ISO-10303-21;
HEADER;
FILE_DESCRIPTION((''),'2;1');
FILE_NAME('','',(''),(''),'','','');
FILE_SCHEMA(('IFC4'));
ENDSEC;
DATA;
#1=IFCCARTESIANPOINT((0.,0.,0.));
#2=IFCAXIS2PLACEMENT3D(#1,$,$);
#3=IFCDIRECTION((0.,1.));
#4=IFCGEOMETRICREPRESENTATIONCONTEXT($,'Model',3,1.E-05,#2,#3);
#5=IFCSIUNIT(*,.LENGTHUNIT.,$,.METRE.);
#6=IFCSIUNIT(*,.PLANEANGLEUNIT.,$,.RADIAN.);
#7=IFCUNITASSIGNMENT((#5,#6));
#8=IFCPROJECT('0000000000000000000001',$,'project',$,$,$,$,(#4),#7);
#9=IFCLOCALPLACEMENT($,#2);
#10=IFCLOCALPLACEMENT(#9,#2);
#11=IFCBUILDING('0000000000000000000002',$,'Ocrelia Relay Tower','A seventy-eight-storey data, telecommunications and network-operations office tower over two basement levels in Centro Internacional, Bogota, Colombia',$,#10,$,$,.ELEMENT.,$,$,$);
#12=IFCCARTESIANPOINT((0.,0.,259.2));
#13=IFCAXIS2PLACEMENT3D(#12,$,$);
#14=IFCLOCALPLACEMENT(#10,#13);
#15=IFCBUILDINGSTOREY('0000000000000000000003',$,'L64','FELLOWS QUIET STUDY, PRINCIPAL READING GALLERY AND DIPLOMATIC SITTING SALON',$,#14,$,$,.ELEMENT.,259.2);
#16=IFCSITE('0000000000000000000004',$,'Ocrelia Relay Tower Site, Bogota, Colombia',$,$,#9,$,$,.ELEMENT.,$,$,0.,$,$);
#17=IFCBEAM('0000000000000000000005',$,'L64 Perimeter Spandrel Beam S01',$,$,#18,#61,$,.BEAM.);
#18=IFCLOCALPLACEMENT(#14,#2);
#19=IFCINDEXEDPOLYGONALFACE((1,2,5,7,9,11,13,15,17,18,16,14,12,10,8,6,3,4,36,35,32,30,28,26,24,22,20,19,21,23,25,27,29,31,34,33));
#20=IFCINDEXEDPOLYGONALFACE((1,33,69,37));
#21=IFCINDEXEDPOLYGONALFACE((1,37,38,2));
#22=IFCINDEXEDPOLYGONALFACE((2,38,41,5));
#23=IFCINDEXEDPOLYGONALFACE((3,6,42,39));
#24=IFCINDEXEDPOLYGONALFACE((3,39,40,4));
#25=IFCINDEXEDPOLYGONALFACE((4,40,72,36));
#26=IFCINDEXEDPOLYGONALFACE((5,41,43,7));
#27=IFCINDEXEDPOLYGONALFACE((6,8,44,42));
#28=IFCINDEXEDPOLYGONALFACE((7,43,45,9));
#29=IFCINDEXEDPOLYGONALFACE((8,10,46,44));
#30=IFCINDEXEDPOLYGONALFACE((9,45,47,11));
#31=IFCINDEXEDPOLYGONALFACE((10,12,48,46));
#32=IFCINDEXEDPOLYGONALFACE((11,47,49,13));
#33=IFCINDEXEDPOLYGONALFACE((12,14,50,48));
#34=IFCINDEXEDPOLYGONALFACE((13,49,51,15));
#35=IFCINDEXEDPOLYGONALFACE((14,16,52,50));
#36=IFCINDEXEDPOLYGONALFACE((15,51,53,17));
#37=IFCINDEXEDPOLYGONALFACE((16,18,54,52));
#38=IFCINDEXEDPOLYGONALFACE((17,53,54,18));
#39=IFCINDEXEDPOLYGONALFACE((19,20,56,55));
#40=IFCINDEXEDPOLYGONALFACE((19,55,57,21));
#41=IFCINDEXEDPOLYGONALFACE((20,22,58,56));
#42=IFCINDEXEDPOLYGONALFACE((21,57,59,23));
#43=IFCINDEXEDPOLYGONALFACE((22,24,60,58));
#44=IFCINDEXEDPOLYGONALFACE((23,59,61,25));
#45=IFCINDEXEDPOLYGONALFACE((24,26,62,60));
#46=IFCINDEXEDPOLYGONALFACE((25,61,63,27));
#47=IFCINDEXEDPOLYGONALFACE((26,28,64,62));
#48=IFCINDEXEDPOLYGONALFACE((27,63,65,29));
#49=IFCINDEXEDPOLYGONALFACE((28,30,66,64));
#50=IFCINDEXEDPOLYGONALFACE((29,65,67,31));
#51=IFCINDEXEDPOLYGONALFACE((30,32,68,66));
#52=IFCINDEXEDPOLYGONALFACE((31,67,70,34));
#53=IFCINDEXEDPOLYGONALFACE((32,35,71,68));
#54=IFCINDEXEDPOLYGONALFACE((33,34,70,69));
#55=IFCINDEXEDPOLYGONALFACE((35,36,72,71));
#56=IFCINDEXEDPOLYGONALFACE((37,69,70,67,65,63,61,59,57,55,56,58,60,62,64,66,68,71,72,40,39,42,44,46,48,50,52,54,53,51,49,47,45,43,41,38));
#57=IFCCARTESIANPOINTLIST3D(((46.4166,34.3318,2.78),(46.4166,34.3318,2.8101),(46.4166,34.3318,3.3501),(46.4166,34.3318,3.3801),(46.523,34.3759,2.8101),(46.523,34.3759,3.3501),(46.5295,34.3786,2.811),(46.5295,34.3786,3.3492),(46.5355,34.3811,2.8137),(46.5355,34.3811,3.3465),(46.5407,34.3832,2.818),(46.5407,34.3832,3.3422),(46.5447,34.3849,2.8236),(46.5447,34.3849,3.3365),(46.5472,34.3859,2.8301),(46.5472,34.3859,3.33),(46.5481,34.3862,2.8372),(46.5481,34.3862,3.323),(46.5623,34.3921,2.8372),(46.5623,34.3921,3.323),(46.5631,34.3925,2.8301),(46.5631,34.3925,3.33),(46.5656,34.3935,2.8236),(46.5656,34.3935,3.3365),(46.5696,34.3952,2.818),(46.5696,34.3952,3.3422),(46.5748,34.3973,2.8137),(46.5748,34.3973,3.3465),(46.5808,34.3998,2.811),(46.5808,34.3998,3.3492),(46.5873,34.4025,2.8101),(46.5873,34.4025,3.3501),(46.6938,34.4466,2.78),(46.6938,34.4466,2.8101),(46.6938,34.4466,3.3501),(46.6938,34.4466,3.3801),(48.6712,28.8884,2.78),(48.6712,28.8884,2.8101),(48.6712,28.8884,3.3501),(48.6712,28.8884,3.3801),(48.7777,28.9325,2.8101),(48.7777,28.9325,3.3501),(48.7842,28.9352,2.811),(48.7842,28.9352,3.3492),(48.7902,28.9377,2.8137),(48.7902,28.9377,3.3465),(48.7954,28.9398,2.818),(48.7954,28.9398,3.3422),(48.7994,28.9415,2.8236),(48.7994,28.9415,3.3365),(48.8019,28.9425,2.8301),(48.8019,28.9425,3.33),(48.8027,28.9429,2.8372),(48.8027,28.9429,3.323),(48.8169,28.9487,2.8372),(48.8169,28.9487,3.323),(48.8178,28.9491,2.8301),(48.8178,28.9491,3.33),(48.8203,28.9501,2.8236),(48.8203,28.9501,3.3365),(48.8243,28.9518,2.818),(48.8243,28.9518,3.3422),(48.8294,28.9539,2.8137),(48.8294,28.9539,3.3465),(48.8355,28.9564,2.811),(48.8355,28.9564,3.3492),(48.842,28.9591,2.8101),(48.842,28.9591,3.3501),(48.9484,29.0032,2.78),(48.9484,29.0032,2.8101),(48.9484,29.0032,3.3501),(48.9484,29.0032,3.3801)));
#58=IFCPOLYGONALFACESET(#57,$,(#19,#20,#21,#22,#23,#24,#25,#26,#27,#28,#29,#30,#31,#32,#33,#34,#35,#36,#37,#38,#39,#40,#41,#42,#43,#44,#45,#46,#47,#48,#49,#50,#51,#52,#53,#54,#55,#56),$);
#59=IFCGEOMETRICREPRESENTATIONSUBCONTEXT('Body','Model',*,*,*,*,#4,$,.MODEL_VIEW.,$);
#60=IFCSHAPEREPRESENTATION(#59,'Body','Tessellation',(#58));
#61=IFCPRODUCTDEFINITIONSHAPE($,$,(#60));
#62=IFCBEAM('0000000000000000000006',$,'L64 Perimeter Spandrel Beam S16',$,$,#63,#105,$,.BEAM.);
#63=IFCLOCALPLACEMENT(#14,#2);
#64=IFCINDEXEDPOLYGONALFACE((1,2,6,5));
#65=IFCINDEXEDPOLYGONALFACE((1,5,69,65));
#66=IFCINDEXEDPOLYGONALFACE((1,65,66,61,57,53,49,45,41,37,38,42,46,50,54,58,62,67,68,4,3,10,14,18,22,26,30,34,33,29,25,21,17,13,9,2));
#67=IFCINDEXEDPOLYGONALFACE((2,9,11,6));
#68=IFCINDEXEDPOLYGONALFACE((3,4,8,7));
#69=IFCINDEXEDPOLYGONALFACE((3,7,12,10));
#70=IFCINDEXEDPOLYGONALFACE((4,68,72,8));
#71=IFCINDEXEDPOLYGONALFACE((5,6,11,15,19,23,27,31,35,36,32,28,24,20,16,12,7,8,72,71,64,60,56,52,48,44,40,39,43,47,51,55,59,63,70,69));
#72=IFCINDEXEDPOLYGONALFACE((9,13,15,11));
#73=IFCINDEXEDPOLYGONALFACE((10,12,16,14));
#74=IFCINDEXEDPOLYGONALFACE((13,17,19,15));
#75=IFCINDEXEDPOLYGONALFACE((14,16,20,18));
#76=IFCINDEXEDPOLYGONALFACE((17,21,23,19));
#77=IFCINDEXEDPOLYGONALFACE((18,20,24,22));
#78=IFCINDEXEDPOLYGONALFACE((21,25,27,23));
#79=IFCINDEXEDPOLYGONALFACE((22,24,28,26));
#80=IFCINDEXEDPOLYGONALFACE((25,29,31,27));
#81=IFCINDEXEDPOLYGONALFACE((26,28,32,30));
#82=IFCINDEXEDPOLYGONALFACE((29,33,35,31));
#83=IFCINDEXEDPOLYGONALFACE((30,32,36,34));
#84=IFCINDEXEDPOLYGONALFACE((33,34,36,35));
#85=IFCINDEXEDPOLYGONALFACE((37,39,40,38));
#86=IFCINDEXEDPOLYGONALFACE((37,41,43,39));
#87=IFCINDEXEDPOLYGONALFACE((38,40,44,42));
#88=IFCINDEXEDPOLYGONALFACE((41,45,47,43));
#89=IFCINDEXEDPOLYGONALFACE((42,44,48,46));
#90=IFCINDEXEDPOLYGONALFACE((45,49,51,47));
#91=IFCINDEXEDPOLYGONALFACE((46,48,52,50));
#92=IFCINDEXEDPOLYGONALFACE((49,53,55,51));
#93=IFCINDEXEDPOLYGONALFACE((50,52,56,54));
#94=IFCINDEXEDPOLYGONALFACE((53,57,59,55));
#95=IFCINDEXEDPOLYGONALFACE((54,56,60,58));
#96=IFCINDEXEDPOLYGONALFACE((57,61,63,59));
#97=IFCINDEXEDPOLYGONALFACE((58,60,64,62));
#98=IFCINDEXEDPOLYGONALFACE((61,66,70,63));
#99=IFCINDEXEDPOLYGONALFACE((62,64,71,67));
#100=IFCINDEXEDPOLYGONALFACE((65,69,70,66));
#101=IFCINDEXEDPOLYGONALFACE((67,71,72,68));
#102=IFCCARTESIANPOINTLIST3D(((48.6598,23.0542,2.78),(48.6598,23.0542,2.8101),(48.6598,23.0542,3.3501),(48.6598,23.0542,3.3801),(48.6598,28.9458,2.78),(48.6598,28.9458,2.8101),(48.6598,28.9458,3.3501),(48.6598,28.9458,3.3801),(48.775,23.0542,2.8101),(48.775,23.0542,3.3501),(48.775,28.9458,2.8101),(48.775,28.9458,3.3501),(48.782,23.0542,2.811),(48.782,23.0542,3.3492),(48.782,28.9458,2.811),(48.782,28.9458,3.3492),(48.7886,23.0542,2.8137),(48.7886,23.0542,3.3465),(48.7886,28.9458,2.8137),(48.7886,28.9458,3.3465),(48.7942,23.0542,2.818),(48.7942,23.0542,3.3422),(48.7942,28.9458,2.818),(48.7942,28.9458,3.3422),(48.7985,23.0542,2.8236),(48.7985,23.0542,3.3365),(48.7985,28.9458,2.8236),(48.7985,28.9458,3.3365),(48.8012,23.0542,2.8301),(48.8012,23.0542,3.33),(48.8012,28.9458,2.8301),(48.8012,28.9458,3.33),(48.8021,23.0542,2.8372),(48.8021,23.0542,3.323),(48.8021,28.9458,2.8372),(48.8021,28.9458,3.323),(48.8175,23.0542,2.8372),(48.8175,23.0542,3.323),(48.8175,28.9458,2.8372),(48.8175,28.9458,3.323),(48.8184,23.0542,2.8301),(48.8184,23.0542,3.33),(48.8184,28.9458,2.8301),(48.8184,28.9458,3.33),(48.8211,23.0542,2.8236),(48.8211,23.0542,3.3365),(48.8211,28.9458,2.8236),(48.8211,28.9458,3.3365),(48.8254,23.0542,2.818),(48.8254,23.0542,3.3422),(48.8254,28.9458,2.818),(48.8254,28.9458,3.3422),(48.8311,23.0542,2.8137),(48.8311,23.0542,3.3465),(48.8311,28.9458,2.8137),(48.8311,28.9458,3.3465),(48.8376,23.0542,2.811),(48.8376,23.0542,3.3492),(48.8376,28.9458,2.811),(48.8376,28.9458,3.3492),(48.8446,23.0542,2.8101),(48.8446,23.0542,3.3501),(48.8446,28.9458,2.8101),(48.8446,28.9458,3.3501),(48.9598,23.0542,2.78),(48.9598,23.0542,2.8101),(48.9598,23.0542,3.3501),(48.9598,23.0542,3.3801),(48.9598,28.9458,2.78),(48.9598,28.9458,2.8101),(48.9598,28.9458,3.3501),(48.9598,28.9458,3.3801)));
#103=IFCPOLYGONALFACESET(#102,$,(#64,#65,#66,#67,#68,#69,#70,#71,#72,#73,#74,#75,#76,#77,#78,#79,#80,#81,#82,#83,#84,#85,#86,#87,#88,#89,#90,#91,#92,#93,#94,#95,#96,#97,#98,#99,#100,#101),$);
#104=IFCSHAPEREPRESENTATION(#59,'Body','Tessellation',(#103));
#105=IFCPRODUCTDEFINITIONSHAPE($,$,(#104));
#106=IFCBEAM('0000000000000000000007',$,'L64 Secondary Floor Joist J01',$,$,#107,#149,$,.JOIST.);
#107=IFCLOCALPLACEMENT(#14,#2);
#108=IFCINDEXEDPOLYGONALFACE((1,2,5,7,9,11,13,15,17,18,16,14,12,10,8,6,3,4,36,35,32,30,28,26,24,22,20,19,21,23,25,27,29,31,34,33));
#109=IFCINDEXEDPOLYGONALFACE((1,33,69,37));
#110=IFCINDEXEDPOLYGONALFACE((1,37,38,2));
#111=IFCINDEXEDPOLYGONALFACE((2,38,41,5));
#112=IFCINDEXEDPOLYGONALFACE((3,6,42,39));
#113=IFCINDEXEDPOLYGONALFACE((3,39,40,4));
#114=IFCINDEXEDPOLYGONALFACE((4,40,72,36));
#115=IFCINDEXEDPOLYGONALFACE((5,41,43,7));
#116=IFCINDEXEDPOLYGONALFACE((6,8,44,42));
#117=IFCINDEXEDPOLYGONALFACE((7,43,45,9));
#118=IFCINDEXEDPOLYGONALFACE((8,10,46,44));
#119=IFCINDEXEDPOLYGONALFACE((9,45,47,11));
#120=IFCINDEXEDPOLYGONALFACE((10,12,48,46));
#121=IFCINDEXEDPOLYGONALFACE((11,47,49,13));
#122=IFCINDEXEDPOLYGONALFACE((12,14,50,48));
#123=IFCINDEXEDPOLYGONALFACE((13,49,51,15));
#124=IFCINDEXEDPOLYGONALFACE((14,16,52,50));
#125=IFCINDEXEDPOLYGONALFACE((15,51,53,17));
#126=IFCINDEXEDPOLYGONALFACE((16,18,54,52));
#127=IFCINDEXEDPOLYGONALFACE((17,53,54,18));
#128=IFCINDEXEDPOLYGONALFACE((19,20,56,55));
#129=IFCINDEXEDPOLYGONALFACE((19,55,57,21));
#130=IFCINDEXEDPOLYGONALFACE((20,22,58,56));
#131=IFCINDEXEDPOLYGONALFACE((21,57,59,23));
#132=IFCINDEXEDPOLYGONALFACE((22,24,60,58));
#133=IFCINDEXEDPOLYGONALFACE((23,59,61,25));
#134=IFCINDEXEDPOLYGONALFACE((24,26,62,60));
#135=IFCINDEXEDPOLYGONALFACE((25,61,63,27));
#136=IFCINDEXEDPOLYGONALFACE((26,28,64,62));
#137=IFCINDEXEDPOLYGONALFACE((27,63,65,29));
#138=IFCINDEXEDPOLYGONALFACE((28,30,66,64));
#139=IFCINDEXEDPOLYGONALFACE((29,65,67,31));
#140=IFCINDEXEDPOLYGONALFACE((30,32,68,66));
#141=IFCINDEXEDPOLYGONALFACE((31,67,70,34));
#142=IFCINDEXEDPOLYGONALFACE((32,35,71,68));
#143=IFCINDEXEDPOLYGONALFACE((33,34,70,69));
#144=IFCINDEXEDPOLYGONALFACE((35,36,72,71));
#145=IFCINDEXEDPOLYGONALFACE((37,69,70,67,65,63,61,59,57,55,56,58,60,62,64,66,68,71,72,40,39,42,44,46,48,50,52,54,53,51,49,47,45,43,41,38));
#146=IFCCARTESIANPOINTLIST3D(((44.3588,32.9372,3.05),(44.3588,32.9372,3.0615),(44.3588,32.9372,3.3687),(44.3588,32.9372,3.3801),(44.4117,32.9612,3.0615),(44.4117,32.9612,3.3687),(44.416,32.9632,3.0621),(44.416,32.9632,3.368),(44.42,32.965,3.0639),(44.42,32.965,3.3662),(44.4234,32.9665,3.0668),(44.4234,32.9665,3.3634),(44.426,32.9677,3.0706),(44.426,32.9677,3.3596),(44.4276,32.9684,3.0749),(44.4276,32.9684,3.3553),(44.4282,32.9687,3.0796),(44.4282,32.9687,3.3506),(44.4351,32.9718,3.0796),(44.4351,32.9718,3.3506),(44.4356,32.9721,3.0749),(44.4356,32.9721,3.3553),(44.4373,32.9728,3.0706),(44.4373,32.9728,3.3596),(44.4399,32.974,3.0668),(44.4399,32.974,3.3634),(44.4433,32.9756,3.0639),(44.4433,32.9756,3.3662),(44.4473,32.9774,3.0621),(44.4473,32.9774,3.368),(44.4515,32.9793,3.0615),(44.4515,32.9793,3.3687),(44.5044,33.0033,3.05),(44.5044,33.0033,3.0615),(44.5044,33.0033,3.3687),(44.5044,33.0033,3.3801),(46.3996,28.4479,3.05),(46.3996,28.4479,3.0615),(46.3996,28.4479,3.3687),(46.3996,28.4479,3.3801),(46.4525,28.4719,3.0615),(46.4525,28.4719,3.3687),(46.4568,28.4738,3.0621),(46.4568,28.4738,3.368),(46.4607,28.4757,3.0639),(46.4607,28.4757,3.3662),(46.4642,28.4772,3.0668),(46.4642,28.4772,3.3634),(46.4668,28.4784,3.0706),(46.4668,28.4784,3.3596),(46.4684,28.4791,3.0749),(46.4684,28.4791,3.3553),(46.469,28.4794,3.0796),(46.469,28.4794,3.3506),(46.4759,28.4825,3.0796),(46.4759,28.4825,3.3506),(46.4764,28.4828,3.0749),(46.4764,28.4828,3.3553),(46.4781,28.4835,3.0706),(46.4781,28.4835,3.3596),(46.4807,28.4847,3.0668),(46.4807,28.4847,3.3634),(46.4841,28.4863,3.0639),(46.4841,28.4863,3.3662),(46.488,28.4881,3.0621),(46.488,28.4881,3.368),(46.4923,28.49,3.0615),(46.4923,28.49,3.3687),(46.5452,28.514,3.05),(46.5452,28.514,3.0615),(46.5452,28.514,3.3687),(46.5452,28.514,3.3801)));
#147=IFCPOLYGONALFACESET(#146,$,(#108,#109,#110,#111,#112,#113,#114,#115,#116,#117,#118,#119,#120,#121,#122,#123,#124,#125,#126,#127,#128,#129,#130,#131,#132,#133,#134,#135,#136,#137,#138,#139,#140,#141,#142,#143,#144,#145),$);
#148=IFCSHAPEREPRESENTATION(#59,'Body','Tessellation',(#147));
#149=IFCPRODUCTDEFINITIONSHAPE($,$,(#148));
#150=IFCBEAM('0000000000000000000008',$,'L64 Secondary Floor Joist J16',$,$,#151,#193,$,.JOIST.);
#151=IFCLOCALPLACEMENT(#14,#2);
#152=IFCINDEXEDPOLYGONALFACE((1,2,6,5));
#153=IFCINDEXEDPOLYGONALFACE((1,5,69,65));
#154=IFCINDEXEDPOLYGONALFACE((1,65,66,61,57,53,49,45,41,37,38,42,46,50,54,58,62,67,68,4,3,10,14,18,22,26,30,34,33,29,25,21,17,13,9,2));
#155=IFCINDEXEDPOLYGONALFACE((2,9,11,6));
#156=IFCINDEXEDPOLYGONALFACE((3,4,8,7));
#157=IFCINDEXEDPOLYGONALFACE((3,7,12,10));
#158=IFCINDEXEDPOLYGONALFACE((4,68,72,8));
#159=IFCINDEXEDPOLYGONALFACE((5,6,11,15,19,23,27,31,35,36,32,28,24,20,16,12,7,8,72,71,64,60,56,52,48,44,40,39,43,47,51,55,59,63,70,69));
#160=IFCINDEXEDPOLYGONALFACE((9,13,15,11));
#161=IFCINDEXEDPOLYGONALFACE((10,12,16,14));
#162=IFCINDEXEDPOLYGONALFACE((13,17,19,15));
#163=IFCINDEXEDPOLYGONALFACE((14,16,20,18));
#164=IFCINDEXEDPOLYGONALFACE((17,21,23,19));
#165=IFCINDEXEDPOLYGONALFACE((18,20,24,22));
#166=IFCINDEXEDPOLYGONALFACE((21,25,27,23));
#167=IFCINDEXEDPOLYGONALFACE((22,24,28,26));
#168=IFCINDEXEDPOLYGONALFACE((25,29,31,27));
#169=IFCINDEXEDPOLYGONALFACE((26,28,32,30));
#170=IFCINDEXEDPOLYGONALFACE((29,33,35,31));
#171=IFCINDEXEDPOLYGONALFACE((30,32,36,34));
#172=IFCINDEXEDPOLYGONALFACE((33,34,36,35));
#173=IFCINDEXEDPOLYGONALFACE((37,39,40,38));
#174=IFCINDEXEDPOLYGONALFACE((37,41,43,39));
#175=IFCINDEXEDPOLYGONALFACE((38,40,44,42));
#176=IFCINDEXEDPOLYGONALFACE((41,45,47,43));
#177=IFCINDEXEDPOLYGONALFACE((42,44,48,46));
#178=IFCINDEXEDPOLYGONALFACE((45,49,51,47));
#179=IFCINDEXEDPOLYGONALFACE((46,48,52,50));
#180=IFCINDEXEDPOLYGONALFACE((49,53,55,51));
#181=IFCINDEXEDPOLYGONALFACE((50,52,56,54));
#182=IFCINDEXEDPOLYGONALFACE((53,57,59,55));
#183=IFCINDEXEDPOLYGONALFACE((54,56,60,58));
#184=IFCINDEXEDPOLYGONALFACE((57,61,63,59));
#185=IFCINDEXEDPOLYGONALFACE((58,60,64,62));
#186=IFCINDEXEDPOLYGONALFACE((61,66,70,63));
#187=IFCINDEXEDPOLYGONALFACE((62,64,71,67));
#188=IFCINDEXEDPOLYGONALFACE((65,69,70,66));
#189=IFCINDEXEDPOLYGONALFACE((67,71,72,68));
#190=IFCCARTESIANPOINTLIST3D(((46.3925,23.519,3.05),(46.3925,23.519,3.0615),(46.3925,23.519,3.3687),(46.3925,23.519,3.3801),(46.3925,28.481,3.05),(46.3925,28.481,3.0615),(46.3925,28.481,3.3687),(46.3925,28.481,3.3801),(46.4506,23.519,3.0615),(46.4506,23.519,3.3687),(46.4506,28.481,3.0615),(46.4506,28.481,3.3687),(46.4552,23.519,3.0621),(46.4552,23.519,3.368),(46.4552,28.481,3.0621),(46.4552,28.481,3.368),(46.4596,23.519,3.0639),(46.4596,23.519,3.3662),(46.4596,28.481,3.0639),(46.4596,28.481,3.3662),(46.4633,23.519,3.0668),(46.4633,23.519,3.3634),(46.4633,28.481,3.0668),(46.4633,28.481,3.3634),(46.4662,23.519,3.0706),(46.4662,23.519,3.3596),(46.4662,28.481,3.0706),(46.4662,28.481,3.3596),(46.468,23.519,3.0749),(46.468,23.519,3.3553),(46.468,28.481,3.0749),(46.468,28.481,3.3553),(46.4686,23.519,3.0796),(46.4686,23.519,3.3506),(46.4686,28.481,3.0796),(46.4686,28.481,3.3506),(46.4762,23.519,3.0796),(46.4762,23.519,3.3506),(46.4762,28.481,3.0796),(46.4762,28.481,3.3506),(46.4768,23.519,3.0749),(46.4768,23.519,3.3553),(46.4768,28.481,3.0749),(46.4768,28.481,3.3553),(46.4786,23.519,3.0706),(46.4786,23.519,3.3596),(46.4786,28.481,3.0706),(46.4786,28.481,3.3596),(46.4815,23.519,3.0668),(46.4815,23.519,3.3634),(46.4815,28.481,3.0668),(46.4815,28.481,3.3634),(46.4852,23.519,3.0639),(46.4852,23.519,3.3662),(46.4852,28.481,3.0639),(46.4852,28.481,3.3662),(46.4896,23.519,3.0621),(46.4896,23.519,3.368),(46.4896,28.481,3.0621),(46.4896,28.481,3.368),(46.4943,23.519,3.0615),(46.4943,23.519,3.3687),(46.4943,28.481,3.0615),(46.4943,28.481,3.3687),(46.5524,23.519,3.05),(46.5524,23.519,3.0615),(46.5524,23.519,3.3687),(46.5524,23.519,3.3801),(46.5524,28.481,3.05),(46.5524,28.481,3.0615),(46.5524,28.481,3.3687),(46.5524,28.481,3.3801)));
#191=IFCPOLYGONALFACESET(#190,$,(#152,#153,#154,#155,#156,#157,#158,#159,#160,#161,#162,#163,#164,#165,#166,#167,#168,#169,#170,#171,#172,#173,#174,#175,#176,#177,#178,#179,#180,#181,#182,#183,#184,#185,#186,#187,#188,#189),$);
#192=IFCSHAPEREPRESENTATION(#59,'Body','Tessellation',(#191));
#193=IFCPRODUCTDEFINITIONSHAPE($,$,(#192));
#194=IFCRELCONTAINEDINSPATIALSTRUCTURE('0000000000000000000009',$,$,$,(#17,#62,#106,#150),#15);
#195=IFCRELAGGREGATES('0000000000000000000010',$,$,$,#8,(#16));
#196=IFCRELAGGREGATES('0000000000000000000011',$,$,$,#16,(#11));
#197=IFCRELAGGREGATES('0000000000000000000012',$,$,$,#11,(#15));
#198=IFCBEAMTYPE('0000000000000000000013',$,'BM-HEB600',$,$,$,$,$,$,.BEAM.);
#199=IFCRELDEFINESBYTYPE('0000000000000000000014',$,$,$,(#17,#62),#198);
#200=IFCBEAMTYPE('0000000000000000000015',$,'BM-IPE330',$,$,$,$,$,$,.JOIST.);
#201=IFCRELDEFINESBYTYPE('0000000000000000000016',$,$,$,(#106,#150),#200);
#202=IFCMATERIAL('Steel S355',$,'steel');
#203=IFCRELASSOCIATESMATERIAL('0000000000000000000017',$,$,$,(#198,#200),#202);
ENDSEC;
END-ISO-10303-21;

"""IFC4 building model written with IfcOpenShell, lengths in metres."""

from ifc_helpers import new_model, si_unit, direction, frame, origin, origin_2d, place, context, subcontext, project, spatial, i_section, extrude, material, material_profile, profile_set, type_object, element, save


model = new_model("IFC4")

# Units and contexts
model_context = context("Model", 3, precision=1e-05, world=origin(), true_north=direction((0.0, 1.0)))
body_context = subcontext(model_context, "Body", "Model", "MODEL_VIEW")
ifc_project = project(units=[si_unit("LENGTHUNIT", "METRE"), si_unit("PLANEANGLEUNIT", "RADIAN")], contexts=[model_context])

# Site, building, storey
site_placement = place(None, origin())
site = spatial("IfcSite", under=ifc_project, at=site_placement, Name="Ocrelia Relay Tower Site, Bogota, Colombia", CompositionType="ELEMENT", RefElevation=0.0)
building_placement = place(site_placement, origin())
building = spatial("IfcBuilding", under=site, at=building_placement, Name="Ocrelia Relay Tower", Description="A seventy-eight-storey data, telecommunications and network-operations office tower over two basement levels in Centro Internacional, Bogota, Colombia", CompositionType="ELEMENT")
storey_placement = place(building_placement, frame((0.0, 0.0, 259.2)))
storey = spatial("IfcBuildingStorey", under=building, at=storey_placement, Name="L64", Description="FELLOWS QUIET STUDY, PRINCIPAL READING GALLERY AND DIPLOMATIC SITTING SALON", CompositionType="ELEMENT", Elevation=259.2)

# Beams
ifc_material_1 = material(Name="Steel S355", Category="steel")
ifc_material_profile_1 = material_profile(ifc_material_1, i_section(OverallWidth=0.3, OverallDepth=0.6001, WebThickness=0.0154, FlangeThickness=0.03, FilletRadius=0.0271, at=origin_2d()), Name="HEB 600")
ifc_profile_set_1 = profile_set([ifc_material_profile_1], Name="Steel S355")
beam_type_1 = type_object("IfcBeamType", Name="BM-HEB600", PredefinedType="BEAM", material=ifc_profile_set_1)
beam_1_placement = place(storey_placement, frame((48.8098, 28.9458, 3.0801), z_axis=(-0.382673, 0.923884, 0.0), x_axis=(-0.923884, -0.382673, 0.0)))
element("IfcBeam", 1, at=beam_1_placement, inside=storey, type_object=beam_type_1, Name="L64 Perimeter Spandrel Beam S01", PredefinedType="BEAM", context=body_context, shape_type="SweptSolid", body=[
    extrude(i_section(OverallWidth=0.3, OverallDepth=0.6001, WebThickness=0.0154, FlangeThickness=0.03, FilletRadius=0.0271, at=origin_2d()), origin(), (0.0, 0.0, 1.0), 5.8918),
])
beam_2_placement = place(storey_placement, frame((48.8098, 23.0542, 3.0801), z_axis=(0.0, 1.0, 0.0), x_axis=(-1.0, 0.0, 0.0)))
element("IfcBeam", 2, at=beam_2_placement, inside=storey, type_object=beam_type_1, Name="L64 Perimeter Spandrel Beam S16", PredefinedType="BEAM", context=body_context, shape_type="SweptSolid", body=[
    extrude(i_section(OverallWidth=0.3, OverallDepth=0.6001, WebThickness=0.0154, FlangeThickness=0.03, FilletRadius=0.0271, at=origin_2d()), origin(), (0.0, 0.0, 1.0), 5.8916),
])
ifc_material_profile_2 = material_profile(ifc_material_1, i_section(OverallWidth=0.1599, OverallDepth=0.3301, WebThickness=0.0076, FlangeThickness=0.0115, FilletRadius=0.0181, at=origin_2d()), Name="IPE 330")
ifc_profile_set_2 = profile_set([ifc_material_profile_2], Name="Steel S355")
beam_type_2 = type_object("IfcBeamType", Name="BM-IPE330", PredefinedType="JOIST", material=ifc_profile_set_2)
beam_3_placement = place(storey_placement, frame((46.4724, 28.481, 3.2151), z_axis=(-0.413837, 0.910351, 0.0), x_axis=(-0.910351, -0.413837, 0.0)))
element("IfcBeam", 3, at=beam_3_placement, inside=storey, type_object=beam_type_2, Name="L64 Secondary Floor Joist J01", PredefinedType="JOIST", context=body_context, shape_type="SweptSolid", body=[
    extrude(i_section(OverallWidth=0.1599, OverallDepth=0.3301, WebThickness=0.0076, FlangeThickness=0.0115, FilletRadius=0.0181, at=origin_2d()), origin(), (0.0, 0.0, 1.0), 4.9314),
])
beam_4_placement = place(storey_placement, frame((46.4724, 23.519, 3.2151), z_axis=(0.0, 1.0, 0.0), x_axis=(-1.0, 0.0, 0.0)))
element("IfcBeam", 4, at=beam_4_placement, inside=storey, type_object=beam_type_2, Name="L64 Secondary Floor Joist J16", PredefinedType="JOIST", context=body_context, shape_type="SweptSolid", body=[
    extrude(i_section(OverallWidth=0.1599, OverallDepth=0.3301, WebThickness=0.0076, FlangeThickness=0.0115, FilletRadius=0.0181, at=origin_2d()), origin(), (0.0, 0.0, 1.0), 4.9619),
])

save(model, "model.ifc")
